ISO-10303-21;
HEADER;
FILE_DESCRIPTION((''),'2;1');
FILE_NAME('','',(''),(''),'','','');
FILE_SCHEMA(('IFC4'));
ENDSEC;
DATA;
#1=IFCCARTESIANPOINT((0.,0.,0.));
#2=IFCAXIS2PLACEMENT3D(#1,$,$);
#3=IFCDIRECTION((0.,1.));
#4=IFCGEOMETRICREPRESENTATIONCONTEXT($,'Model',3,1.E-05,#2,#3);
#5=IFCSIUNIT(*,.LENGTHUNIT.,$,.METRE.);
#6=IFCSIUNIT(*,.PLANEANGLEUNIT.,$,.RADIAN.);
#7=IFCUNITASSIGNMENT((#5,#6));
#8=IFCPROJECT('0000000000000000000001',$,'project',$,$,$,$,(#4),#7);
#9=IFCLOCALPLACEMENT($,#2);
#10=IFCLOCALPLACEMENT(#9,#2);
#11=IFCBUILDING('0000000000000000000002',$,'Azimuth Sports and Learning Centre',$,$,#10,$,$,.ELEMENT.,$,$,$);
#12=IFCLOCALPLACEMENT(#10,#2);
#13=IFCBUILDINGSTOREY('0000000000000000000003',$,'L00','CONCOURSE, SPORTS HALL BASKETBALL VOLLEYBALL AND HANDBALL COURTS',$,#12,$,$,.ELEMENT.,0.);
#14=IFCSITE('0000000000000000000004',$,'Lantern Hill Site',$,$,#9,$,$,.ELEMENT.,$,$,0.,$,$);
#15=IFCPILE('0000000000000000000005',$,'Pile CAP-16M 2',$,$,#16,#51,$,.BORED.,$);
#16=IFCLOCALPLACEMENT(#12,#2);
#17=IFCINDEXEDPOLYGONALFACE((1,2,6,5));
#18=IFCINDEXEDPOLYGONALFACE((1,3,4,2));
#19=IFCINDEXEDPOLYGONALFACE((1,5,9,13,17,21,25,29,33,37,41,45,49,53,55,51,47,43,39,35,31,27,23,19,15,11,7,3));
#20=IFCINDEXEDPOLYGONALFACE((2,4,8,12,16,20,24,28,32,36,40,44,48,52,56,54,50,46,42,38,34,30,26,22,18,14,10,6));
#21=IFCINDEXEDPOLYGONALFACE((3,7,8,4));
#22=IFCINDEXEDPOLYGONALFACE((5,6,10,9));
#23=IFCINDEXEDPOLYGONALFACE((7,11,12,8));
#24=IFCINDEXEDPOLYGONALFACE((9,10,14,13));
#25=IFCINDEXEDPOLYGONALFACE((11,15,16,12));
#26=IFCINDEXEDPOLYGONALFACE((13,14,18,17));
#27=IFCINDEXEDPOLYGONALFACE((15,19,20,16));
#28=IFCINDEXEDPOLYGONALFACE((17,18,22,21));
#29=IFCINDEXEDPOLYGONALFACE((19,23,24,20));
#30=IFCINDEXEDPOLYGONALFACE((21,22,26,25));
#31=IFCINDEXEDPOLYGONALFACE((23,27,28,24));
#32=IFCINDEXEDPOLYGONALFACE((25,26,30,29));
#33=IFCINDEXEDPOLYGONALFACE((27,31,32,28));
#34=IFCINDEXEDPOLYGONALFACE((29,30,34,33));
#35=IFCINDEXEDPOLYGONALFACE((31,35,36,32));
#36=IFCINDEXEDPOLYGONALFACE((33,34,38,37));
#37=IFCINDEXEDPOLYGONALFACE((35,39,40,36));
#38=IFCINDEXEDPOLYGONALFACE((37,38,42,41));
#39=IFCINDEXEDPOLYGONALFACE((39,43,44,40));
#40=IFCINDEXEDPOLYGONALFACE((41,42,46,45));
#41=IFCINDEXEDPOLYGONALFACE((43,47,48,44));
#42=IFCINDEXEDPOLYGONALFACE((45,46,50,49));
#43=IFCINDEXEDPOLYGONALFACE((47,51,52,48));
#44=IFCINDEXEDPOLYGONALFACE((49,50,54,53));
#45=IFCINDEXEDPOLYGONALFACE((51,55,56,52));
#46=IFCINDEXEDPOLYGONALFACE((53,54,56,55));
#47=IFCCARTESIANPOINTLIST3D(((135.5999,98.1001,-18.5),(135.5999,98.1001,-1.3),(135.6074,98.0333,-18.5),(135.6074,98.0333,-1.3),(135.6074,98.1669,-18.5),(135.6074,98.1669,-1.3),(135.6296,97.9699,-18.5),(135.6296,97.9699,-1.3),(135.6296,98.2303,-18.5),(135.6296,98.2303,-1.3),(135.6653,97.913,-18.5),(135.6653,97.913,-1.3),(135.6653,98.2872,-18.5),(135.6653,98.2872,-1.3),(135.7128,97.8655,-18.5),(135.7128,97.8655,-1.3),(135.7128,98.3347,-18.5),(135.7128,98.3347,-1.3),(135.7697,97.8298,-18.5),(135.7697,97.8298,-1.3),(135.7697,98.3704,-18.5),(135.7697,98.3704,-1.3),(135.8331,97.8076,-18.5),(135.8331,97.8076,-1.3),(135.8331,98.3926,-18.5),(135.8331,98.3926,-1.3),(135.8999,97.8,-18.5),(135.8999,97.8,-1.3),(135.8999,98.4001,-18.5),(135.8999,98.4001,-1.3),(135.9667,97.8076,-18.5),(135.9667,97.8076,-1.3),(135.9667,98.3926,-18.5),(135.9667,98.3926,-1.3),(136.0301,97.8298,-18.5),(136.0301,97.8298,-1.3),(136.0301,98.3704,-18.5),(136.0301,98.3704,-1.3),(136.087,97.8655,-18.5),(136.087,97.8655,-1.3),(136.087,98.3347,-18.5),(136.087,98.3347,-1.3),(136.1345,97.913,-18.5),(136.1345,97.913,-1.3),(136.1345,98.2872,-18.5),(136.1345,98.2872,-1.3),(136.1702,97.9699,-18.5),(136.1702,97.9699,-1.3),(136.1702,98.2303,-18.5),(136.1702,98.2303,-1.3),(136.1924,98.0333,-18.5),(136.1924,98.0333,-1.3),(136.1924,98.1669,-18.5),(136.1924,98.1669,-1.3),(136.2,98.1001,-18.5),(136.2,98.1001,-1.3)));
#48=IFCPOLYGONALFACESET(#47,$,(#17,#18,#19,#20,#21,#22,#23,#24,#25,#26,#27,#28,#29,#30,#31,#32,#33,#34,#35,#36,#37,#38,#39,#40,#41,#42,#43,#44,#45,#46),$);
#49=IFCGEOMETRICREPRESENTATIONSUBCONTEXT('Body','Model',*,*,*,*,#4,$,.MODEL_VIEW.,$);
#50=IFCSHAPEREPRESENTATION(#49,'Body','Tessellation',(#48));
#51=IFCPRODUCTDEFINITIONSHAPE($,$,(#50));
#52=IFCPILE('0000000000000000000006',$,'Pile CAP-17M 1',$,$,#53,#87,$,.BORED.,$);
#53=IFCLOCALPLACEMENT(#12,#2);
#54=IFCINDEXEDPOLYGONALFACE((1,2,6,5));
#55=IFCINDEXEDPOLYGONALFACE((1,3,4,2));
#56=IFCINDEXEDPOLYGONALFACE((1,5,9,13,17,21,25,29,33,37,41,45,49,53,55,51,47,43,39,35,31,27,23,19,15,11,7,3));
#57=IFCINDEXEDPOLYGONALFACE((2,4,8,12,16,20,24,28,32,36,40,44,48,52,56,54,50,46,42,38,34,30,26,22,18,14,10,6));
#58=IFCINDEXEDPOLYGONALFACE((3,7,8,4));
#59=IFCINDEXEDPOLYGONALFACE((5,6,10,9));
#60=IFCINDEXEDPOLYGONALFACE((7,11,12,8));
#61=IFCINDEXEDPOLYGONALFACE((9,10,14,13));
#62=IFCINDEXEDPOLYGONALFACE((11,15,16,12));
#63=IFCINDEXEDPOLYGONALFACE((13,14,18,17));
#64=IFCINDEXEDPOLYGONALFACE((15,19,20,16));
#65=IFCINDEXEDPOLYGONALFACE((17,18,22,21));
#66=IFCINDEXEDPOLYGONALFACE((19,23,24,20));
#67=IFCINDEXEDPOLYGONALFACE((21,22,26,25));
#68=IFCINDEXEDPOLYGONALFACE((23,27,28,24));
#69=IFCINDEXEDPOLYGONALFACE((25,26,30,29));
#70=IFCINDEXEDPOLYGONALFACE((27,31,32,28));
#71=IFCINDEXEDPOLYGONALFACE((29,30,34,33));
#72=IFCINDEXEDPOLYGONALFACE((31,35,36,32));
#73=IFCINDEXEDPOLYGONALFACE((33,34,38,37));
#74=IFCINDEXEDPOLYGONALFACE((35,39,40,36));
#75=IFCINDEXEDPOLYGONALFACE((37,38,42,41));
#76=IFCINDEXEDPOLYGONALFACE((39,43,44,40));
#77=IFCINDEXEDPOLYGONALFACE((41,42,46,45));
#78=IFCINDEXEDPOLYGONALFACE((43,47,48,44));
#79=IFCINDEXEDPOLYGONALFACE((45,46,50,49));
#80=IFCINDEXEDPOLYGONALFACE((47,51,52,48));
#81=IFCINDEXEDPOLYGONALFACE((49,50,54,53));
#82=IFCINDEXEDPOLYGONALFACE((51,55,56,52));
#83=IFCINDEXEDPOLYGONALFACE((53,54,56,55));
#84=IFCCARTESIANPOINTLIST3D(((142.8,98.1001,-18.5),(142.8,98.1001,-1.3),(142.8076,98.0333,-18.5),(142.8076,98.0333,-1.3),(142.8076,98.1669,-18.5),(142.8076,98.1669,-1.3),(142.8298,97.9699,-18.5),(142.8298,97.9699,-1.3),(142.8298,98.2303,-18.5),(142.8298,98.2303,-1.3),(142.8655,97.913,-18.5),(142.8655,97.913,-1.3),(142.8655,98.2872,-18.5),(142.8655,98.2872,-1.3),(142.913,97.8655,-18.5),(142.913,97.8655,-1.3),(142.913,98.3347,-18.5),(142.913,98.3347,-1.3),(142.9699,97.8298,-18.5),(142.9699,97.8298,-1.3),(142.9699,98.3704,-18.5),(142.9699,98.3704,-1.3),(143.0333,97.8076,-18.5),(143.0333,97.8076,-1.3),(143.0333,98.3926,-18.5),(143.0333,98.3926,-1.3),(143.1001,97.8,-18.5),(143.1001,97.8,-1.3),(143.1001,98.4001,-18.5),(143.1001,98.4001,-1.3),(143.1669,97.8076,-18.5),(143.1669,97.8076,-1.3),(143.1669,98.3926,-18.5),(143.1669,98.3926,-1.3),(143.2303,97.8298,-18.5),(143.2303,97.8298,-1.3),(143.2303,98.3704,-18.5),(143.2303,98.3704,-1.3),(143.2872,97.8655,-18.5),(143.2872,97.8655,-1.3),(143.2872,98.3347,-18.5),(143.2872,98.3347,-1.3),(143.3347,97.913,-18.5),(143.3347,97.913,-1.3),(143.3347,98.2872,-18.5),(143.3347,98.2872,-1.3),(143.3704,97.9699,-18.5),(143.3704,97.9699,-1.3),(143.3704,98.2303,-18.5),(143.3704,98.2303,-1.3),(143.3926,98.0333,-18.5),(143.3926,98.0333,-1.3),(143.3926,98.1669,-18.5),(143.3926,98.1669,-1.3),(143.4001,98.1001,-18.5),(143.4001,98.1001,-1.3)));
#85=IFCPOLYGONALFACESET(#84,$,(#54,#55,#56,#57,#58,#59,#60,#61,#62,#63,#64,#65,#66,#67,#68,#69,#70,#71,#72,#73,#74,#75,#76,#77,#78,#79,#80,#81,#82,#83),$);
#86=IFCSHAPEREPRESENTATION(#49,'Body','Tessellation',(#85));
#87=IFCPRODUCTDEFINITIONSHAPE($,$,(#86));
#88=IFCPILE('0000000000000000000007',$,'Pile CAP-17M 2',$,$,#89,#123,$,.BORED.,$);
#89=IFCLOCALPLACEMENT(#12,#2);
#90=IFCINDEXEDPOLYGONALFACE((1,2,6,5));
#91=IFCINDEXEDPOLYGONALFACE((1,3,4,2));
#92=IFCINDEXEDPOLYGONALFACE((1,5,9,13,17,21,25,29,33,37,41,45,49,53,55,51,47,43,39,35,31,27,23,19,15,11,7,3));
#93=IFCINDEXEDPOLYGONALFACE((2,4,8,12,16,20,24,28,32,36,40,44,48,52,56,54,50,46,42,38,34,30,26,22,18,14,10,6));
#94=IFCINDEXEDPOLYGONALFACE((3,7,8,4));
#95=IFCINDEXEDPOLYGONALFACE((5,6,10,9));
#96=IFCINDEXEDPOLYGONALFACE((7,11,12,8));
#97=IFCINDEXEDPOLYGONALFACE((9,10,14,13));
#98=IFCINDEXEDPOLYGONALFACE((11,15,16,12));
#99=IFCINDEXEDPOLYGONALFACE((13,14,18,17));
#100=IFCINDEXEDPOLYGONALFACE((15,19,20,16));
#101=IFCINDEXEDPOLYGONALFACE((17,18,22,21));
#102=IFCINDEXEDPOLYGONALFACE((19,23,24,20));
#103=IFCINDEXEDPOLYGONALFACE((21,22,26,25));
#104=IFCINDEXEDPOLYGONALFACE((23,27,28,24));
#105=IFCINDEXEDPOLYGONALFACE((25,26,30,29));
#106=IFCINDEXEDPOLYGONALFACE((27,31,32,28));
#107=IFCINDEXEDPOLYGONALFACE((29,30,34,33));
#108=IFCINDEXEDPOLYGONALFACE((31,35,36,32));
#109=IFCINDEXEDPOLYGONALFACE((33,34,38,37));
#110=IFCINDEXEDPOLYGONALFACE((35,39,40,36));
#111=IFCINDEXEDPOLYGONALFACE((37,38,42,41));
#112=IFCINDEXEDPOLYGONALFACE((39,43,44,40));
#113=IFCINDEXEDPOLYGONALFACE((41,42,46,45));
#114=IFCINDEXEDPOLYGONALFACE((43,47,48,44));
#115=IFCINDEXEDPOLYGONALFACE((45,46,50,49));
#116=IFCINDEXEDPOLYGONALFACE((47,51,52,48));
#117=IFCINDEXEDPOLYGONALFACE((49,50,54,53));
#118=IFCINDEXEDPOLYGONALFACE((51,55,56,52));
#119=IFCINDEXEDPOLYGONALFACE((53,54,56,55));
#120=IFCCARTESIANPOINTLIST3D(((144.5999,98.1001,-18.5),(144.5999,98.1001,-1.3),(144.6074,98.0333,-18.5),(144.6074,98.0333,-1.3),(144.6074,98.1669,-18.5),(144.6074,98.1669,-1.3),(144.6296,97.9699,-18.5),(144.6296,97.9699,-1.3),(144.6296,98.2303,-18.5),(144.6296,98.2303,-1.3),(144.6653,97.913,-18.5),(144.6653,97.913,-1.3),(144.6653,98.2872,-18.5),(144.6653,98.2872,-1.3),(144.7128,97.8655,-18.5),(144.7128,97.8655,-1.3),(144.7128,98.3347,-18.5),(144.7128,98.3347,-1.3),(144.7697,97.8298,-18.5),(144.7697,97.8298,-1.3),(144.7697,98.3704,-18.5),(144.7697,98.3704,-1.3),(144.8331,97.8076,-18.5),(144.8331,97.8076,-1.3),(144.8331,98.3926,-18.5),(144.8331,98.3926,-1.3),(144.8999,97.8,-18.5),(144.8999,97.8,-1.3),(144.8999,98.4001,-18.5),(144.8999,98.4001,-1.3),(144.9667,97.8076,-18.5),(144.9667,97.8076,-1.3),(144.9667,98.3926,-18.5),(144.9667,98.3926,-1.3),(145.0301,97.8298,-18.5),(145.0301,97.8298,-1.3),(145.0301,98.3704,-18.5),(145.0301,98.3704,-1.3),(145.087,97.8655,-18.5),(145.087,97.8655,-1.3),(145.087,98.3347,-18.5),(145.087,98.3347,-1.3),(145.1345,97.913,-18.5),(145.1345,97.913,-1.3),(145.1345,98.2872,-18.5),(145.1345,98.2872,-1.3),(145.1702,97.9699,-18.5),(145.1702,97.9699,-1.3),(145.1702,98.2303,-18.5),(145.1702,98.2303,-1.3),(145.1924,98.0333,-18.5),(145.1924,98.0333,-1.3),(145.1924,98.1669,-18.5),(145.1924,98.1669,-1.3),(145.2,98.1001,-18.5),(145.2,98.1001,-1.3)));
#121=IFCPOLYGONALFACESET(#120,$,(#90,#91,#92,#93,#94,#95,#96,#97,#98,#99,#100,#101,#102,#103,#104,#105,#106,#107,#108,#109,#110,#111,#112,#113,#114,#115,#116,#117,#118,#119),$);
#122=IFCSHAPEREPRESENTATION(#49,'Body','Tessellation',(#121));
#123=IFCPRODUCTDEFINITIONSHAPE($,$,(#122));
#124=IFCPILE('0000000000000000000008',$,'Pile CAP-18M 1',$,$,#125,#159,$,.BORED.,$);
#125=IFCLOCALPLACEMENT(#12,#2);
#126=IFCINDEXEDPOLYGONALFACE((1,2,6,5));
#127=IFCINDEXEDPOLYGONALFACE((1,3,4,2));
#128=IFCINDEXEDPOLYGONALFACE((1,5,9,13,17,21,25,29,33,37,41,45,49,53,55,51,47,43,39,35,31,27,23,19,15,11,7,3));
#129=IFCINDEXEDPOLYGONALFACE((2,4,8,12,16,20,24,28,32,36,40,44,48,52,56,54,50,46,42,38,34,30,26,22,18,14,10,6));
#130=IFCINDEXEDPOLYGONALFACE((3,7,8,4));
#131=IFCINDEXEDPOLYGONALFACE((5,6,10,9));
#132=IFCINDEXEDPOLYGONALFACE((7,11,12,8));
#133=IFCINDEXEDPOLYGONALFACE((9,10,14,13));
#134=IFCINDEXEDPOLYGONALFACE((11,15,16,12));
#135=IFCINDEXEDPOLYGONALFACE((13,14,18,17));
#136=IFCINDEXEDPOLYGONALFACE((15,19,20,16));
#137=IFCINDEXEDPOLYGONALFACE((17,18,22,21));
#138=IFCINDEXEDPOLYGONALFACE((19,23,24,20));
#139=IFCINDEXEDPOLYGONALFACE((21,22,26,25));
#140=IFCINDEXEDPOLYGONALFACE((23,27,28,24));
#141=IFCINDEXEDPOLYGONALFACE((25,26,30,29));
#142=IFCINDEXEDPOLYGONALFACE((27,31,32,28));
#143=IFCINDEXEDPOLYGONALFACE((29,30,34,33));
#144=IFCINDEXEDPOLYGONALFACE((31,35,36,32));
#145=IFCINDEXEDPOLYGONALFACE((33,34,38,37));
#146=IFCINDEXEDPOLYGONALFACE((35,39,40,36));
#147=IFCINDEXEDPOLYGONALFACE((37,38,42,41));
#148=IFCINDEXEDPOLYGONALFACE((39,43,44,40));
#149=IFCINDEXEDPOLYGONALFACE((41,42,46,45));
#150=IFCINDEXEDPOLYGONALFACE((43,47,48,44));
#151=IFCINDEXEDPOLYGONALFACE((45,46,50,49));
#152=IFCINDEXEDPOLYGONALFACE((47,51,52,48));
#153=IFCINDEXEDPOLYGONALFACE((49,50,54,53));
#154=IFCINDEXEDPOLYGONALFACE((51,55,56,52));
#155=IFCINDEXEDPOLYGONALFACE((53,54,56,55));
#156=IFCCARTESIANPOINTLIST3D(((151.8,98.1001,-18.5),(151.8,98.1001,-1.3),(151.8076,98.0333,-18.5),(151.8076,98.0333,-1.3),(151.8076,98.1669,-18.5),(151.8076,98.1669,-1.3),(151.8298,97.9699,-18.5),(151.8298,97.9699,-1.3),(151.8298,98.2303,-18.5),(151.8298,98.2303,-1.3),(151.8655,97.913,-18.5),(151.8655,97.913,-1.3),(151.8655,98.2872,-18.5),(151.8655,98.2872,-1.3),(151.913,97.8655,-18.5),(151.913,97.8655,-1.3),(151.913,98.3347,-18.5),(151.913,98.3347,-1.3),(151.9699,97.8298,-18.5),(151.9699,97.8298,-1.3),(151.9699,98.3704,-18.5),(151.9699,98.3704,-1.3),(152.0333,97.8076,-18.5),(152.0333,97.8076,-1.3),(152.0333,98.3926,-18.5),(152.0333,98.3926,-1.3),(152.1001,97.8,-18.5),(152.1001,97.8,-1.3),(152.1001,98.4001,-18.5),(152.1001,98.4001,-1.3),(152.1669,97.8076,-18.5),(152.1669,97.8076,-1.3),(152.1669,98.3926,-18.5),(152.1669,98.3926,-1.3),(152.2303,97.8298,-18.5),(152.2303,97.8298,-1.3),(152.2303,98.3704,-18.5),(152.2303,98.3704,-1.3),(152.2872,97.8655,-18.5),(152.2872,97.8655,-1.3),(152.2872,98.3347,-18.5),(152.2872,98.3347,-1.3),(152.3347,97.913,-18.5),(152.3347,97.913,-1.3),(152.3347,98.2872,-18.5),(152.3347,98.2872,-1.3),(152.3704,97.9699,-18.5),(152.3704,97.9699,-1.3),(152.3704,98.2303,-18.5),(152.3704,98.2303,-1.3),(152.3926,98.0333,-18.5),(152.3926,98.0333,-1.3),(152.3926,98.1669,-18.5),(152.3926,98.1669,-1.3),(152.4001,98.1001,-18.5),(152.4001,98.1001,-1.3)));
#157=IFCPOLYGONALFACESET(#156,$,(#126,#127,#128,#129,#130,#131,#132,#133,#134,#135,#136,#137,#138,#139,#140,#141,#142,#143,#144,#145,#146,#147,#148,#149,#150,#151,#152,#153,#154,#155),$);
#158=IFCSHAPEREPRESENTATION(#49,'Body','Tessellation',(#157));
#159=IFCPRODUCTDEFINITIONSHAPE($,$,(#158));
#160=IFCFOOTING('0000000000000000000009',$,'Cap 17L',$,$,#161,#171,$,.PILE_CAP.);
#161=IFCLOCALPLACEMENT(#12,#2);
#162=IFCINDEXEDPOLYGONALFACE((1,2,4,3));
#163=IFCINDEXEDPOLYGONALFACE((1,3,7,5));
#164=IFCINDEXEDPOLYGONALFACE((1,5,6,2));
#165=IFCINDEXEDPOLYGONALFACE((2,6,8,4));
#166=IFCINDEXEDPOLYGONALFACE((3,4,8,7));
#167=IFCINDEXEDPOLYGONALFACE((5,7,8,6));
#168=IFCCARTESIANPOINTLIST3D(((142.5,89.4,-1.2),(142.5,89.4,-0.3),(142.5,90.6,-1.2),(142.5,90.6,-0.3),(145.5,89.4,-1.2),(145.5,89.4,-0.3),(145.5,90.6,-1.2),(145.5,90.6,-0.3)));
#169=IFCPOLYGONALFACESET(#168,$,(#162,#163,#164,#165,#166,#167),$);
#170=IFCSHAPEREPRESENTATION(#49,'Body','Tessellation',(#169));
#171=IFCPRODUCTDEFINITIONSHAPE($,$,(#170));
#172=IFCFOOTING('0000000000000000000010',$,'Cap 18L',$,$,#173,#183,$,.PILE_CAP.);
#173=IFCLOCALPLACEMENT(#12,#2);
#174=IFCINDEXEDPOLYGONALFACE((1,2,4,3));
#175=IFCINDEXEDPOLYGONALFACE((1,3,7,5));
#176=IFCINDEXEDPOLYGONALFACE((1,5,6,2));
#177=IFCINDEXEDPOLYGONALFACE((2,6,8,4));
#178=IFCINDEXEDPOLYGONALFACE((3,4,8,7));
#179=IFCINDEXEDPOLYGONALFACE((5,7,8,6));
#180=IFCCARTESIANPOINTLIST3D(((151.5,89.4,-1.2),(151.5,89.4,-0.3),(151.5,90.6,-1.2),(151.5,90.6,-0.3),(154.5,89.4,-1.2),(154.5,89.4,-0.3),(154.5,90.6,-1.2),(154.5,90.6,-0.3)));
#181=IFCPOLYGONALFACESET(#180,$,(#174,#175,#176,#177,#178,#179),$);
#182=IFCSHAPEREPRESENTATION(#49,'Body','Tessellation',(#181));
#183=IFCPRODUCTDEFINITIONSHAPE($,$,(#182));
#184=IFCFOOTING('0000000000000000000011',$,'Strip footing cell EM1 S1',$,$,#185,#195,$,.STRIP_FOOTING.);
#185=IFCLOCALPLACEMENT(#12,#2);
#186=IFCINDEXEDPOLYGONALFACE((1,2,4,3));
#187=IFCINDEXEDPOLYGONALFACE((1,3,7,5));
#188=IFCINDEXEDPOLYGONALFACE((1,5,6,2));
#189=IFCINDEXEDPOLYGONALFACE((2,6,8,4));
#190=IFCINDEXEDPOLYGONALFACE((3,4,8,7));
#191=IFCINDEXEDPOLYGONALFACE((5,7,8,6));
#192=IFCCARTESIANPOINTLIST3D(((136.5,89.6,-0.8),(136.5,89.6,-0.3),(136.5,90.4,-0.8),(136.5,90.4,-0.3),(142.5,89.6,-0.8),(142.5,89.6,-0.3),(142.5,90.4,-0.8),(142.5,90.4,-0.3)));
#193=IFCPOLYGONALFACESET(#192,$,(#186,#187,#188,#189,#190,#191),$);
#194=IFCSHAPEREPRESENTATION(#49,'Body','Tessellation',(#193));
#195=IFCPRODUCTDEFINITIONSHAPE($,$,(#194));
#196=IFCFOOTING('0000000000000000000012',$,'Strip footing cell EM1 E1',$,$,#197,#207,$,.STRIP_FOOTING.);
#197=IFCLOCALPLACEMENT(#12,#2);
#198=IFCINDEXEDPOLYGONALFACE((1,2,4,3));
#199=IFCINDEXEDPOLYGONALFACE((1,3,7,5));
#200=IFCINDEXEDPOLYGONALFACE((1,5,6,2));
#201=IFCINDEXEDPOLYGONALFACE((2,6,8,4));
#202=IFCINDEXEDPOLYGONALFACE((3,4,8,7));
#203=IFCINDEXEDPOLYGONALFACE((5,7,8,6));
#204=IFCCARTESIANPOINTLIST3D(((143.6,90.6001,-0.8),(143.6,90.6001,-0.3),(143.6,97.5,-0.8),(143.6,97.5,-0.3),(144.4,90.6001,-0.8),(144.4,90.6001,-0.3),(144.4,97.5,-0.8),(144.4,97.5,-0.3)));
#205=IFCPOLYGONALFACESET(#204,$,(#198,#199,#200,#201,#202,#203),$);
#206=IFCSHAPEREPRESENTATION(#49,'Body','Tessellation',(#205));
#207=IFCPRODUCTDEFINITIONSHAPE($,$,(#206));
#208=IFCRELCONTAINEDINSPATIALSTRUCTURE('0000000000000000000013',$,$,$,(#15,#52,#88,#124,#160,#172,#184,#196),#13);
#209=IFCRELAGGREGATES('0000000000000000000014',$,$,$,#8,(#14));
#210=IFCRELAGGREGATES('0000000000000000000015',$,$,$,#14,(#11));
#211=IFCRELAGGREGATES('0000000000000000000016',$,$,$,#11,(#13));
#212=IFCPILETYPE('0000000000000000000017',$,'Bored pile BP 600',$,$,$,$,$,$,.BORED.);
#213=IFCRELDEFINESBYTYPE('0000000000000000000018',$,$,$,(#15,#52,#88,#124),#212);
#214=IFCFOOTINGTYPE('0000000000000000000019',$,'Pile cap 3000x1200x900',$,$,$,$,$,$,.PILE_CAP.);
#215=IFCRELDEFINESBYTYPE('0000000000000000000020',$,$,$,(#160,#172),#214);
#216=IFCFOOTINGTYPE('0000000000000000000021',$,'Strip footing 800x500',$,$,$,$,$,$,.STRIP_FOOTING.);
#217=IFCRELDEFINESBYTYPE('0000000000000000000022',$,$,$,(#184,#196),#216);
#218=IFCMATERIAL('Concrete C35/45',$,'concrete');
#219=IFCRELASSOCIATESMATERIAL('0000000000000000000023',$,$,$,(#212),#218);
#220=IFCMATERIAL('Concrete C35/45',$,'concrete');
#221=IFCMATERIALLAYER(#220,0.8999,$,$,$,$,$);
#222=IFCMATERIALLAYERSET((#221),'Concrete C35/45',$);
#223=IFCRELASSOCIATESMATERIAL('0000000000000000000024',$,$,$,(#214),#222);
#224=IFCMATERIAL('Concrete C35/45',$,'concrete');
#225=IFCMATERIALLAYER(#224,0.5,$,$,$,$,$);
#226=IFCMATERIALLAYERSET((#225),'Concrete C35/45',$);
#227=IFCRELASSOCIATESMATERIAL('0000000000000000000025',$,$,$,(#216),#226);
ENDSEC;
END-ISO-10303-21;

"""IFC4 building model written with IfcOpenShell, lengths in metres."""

from ifc_helpers import new_model, si_unit, direction, frame, origin, origin_2d, place, context, subcontext, project, spatial, rectangle, circle, extrude, material, layer, layer_set, material_profile, profile_set, type_object, element, save


model = new_model("IFC4")

# Units and contexts
model_context = context("Model", 3, precision=1e-05, world=origin(), true_north=direction((0.0, 1.0)))
body_context = subcontext(model_context, "Body", "Model", "MODEL_VIEW")
ifc_project = project(units=[si_unit("LENGTHUNIT", "METRE"), si_unit("PLANEANGLEUNIT", "RADIAN")], contexts=[model_context])

# Site, building, storey
site_placement = place(None, origin())
site = spatial("IfcSite", under=ifc_project, at=site_placement, Name="Lantern Hill Site", CompositionType="ELEMENT", RefElevation=0.0)
building_placement = place(site_placement, origin())
building = spatial("IfcBuilding", under=site, at=building_placement, Name="Azimuth Sports and Learning Centre", CompositionType="ELEMENT")
storey_placement = place(building_placement, origin())
storey = spatial("IfcBuildingStorey", under=building, at=storey_placement, Name="L00", Description="CONCOURSE, SPORTS HALL BASKETBALL VOLLEYBALL AND HANDBALL COURTS", CompositionType="ELEMENT", Elevation=0.0)

# Piles
ifc_material_1 = material(Name="Concrete C35/45", Category="concrete")
ifc_material_profile_1 = material_profile(ifc_material_1, circle(Radius=0.3, at=origin_2d()), Name="BP 600")
ifc_profile_set_1 = profile_set([ifc_material_profile_1], Name="Concrete C35/45")
pile_type = type_object("IfcPileType", Name="Bored pile BP 600", PredefinedType="BORED", material=ifc_profile_set_1)
for number, where, z_axis, x_axis, name in (
    (1, (135.8999, 98.1001, -1.3), (0.0, 0.0, -1.0), (1.0, 0.0, 0.0), "Pile CAP-16M 2"),
    (2, (143.1001, 98.1001, -1.3), (0.0, 0.0, -1.0), (1.0, 0.0, 0.0), "Pile CAP-17M 1"),
    (3, (144.8999, 98.1001, -1.3), (0.0, 0.0, -1.0), (1.0, 0.0, 0.0), "Pile CAP-17M 2"),
    (4, (152.1001, 98.1001, -1.3), (0.0, 0.0, -1.0), (1.0, 0.0, 0.0), "Pile CAP-18M 1"),
):
    element("IfcPile", number, at=place(storey_placement, frame(where, z_axis=z_axis, x_axis=x_axis)), inside=storey, type_object=pile_type, Name=name, PredefinedType="BORED", context=body_context, shape_type="SweptSolid", body=[
        extrude(circle(Radius=0.3, at=origin_2d()), origin(), (0.0, 0.0, 1.0), 17.2),
    ])

# Footings
ifc_material_2 = material(Name="Concrete C35/45", Category="concrete")
ifc_layer_1 = layer(ifc_material_2, 0.8999)
ifc_layer_set_1 = layer_set([ifc_layer_1], Name="Concrete C35/45")
footing_type_1 = type_object("IfcFootingType", Name="Pile cap 3000x1200x900", PredefinedType="PILE_CAP", material=ifc_layer_set_1)
for number, where, z_axis, x_axis, name in (
    (5, (144.0, 90.0, -1.2), (0.0, 0.0, 1.0), (1.0, 0.0, 0.0), "Cap 17L"),
    (6, (153.0, 90.0, -1.2), (0.0, 0.0, 1.0), (1.0, 0.0, 0.0), "Cap 18L"),
):
    element("IfcFooting", number, at=place(storey_placement, frame(where, z_axis=z_axis, x_axis=x_axis)), inside=storey, type_object=footing_type_1, Name=name, PredefinedType="PILE_CAP", context=body_context, shape_type="SweptSolid", body=[
        extrude(rectangle(XDim=3.0, YDim=1.2, at=origin_2d()), origin(), (0.0, 0.0, 1.0), 0.8999),
    ])
ifc_material_3 = material(Name="Concrete C35/45", Category="concrete")
ifc_layer_2 = layer(ifc_material_3, 0.5)
ifc_layer_set_2 = layer_set([ifc_layer_2], Name="Concrete C35/45")
footing_type_2 = type_object("IfcFootingType", Name="Strip footing 800x500", PredefinedType="STRIP_FOOTING", material=ifc_layer_set_2)
footing_1_placement = place(storey_placement, frame((139.5, 90.0, -0.8), z_axis=(0.0, 0.0, 1.0), x_axis=(1.0, 0.0, 0.0)))
element("IfcFooting", 7, at=footing_1_placement, inside=storey, type_object=footing_type_2, Name="Strip footing cell EM1 S1", PredefinedType="STRIP_FOOTING", context=body_context, shape_type="SweptSolid", body=[
    extrude(rectangle(XDim=6.0, YDim=0.8, at=origin_2d()), origin(), (0.0, 0.0, 1.0), 0.5),
])
footing_2_placement = place(storey_placement, frame((144.0, 94.05, -0.8), z_axis=(0.0, 0.0, 1.0), x_axis=(1.0, 0.0, 0.0)))
element("IfcFooting", 8, at=footing_2_placement, inside=storey, type_object=footing_type_2, Name="Strip footing cell EM1 E1", PredefinedType="STRIP_FOOTING", context=body_context, shape_type="SweptSolid", body=[
    extrude(rectangle(XDim=0.8, YDim=6.8999, at=origin_2d()), origin(), (0.0, 0.0, 1.0), 0.5),
])

save(model, "model.ifc")
